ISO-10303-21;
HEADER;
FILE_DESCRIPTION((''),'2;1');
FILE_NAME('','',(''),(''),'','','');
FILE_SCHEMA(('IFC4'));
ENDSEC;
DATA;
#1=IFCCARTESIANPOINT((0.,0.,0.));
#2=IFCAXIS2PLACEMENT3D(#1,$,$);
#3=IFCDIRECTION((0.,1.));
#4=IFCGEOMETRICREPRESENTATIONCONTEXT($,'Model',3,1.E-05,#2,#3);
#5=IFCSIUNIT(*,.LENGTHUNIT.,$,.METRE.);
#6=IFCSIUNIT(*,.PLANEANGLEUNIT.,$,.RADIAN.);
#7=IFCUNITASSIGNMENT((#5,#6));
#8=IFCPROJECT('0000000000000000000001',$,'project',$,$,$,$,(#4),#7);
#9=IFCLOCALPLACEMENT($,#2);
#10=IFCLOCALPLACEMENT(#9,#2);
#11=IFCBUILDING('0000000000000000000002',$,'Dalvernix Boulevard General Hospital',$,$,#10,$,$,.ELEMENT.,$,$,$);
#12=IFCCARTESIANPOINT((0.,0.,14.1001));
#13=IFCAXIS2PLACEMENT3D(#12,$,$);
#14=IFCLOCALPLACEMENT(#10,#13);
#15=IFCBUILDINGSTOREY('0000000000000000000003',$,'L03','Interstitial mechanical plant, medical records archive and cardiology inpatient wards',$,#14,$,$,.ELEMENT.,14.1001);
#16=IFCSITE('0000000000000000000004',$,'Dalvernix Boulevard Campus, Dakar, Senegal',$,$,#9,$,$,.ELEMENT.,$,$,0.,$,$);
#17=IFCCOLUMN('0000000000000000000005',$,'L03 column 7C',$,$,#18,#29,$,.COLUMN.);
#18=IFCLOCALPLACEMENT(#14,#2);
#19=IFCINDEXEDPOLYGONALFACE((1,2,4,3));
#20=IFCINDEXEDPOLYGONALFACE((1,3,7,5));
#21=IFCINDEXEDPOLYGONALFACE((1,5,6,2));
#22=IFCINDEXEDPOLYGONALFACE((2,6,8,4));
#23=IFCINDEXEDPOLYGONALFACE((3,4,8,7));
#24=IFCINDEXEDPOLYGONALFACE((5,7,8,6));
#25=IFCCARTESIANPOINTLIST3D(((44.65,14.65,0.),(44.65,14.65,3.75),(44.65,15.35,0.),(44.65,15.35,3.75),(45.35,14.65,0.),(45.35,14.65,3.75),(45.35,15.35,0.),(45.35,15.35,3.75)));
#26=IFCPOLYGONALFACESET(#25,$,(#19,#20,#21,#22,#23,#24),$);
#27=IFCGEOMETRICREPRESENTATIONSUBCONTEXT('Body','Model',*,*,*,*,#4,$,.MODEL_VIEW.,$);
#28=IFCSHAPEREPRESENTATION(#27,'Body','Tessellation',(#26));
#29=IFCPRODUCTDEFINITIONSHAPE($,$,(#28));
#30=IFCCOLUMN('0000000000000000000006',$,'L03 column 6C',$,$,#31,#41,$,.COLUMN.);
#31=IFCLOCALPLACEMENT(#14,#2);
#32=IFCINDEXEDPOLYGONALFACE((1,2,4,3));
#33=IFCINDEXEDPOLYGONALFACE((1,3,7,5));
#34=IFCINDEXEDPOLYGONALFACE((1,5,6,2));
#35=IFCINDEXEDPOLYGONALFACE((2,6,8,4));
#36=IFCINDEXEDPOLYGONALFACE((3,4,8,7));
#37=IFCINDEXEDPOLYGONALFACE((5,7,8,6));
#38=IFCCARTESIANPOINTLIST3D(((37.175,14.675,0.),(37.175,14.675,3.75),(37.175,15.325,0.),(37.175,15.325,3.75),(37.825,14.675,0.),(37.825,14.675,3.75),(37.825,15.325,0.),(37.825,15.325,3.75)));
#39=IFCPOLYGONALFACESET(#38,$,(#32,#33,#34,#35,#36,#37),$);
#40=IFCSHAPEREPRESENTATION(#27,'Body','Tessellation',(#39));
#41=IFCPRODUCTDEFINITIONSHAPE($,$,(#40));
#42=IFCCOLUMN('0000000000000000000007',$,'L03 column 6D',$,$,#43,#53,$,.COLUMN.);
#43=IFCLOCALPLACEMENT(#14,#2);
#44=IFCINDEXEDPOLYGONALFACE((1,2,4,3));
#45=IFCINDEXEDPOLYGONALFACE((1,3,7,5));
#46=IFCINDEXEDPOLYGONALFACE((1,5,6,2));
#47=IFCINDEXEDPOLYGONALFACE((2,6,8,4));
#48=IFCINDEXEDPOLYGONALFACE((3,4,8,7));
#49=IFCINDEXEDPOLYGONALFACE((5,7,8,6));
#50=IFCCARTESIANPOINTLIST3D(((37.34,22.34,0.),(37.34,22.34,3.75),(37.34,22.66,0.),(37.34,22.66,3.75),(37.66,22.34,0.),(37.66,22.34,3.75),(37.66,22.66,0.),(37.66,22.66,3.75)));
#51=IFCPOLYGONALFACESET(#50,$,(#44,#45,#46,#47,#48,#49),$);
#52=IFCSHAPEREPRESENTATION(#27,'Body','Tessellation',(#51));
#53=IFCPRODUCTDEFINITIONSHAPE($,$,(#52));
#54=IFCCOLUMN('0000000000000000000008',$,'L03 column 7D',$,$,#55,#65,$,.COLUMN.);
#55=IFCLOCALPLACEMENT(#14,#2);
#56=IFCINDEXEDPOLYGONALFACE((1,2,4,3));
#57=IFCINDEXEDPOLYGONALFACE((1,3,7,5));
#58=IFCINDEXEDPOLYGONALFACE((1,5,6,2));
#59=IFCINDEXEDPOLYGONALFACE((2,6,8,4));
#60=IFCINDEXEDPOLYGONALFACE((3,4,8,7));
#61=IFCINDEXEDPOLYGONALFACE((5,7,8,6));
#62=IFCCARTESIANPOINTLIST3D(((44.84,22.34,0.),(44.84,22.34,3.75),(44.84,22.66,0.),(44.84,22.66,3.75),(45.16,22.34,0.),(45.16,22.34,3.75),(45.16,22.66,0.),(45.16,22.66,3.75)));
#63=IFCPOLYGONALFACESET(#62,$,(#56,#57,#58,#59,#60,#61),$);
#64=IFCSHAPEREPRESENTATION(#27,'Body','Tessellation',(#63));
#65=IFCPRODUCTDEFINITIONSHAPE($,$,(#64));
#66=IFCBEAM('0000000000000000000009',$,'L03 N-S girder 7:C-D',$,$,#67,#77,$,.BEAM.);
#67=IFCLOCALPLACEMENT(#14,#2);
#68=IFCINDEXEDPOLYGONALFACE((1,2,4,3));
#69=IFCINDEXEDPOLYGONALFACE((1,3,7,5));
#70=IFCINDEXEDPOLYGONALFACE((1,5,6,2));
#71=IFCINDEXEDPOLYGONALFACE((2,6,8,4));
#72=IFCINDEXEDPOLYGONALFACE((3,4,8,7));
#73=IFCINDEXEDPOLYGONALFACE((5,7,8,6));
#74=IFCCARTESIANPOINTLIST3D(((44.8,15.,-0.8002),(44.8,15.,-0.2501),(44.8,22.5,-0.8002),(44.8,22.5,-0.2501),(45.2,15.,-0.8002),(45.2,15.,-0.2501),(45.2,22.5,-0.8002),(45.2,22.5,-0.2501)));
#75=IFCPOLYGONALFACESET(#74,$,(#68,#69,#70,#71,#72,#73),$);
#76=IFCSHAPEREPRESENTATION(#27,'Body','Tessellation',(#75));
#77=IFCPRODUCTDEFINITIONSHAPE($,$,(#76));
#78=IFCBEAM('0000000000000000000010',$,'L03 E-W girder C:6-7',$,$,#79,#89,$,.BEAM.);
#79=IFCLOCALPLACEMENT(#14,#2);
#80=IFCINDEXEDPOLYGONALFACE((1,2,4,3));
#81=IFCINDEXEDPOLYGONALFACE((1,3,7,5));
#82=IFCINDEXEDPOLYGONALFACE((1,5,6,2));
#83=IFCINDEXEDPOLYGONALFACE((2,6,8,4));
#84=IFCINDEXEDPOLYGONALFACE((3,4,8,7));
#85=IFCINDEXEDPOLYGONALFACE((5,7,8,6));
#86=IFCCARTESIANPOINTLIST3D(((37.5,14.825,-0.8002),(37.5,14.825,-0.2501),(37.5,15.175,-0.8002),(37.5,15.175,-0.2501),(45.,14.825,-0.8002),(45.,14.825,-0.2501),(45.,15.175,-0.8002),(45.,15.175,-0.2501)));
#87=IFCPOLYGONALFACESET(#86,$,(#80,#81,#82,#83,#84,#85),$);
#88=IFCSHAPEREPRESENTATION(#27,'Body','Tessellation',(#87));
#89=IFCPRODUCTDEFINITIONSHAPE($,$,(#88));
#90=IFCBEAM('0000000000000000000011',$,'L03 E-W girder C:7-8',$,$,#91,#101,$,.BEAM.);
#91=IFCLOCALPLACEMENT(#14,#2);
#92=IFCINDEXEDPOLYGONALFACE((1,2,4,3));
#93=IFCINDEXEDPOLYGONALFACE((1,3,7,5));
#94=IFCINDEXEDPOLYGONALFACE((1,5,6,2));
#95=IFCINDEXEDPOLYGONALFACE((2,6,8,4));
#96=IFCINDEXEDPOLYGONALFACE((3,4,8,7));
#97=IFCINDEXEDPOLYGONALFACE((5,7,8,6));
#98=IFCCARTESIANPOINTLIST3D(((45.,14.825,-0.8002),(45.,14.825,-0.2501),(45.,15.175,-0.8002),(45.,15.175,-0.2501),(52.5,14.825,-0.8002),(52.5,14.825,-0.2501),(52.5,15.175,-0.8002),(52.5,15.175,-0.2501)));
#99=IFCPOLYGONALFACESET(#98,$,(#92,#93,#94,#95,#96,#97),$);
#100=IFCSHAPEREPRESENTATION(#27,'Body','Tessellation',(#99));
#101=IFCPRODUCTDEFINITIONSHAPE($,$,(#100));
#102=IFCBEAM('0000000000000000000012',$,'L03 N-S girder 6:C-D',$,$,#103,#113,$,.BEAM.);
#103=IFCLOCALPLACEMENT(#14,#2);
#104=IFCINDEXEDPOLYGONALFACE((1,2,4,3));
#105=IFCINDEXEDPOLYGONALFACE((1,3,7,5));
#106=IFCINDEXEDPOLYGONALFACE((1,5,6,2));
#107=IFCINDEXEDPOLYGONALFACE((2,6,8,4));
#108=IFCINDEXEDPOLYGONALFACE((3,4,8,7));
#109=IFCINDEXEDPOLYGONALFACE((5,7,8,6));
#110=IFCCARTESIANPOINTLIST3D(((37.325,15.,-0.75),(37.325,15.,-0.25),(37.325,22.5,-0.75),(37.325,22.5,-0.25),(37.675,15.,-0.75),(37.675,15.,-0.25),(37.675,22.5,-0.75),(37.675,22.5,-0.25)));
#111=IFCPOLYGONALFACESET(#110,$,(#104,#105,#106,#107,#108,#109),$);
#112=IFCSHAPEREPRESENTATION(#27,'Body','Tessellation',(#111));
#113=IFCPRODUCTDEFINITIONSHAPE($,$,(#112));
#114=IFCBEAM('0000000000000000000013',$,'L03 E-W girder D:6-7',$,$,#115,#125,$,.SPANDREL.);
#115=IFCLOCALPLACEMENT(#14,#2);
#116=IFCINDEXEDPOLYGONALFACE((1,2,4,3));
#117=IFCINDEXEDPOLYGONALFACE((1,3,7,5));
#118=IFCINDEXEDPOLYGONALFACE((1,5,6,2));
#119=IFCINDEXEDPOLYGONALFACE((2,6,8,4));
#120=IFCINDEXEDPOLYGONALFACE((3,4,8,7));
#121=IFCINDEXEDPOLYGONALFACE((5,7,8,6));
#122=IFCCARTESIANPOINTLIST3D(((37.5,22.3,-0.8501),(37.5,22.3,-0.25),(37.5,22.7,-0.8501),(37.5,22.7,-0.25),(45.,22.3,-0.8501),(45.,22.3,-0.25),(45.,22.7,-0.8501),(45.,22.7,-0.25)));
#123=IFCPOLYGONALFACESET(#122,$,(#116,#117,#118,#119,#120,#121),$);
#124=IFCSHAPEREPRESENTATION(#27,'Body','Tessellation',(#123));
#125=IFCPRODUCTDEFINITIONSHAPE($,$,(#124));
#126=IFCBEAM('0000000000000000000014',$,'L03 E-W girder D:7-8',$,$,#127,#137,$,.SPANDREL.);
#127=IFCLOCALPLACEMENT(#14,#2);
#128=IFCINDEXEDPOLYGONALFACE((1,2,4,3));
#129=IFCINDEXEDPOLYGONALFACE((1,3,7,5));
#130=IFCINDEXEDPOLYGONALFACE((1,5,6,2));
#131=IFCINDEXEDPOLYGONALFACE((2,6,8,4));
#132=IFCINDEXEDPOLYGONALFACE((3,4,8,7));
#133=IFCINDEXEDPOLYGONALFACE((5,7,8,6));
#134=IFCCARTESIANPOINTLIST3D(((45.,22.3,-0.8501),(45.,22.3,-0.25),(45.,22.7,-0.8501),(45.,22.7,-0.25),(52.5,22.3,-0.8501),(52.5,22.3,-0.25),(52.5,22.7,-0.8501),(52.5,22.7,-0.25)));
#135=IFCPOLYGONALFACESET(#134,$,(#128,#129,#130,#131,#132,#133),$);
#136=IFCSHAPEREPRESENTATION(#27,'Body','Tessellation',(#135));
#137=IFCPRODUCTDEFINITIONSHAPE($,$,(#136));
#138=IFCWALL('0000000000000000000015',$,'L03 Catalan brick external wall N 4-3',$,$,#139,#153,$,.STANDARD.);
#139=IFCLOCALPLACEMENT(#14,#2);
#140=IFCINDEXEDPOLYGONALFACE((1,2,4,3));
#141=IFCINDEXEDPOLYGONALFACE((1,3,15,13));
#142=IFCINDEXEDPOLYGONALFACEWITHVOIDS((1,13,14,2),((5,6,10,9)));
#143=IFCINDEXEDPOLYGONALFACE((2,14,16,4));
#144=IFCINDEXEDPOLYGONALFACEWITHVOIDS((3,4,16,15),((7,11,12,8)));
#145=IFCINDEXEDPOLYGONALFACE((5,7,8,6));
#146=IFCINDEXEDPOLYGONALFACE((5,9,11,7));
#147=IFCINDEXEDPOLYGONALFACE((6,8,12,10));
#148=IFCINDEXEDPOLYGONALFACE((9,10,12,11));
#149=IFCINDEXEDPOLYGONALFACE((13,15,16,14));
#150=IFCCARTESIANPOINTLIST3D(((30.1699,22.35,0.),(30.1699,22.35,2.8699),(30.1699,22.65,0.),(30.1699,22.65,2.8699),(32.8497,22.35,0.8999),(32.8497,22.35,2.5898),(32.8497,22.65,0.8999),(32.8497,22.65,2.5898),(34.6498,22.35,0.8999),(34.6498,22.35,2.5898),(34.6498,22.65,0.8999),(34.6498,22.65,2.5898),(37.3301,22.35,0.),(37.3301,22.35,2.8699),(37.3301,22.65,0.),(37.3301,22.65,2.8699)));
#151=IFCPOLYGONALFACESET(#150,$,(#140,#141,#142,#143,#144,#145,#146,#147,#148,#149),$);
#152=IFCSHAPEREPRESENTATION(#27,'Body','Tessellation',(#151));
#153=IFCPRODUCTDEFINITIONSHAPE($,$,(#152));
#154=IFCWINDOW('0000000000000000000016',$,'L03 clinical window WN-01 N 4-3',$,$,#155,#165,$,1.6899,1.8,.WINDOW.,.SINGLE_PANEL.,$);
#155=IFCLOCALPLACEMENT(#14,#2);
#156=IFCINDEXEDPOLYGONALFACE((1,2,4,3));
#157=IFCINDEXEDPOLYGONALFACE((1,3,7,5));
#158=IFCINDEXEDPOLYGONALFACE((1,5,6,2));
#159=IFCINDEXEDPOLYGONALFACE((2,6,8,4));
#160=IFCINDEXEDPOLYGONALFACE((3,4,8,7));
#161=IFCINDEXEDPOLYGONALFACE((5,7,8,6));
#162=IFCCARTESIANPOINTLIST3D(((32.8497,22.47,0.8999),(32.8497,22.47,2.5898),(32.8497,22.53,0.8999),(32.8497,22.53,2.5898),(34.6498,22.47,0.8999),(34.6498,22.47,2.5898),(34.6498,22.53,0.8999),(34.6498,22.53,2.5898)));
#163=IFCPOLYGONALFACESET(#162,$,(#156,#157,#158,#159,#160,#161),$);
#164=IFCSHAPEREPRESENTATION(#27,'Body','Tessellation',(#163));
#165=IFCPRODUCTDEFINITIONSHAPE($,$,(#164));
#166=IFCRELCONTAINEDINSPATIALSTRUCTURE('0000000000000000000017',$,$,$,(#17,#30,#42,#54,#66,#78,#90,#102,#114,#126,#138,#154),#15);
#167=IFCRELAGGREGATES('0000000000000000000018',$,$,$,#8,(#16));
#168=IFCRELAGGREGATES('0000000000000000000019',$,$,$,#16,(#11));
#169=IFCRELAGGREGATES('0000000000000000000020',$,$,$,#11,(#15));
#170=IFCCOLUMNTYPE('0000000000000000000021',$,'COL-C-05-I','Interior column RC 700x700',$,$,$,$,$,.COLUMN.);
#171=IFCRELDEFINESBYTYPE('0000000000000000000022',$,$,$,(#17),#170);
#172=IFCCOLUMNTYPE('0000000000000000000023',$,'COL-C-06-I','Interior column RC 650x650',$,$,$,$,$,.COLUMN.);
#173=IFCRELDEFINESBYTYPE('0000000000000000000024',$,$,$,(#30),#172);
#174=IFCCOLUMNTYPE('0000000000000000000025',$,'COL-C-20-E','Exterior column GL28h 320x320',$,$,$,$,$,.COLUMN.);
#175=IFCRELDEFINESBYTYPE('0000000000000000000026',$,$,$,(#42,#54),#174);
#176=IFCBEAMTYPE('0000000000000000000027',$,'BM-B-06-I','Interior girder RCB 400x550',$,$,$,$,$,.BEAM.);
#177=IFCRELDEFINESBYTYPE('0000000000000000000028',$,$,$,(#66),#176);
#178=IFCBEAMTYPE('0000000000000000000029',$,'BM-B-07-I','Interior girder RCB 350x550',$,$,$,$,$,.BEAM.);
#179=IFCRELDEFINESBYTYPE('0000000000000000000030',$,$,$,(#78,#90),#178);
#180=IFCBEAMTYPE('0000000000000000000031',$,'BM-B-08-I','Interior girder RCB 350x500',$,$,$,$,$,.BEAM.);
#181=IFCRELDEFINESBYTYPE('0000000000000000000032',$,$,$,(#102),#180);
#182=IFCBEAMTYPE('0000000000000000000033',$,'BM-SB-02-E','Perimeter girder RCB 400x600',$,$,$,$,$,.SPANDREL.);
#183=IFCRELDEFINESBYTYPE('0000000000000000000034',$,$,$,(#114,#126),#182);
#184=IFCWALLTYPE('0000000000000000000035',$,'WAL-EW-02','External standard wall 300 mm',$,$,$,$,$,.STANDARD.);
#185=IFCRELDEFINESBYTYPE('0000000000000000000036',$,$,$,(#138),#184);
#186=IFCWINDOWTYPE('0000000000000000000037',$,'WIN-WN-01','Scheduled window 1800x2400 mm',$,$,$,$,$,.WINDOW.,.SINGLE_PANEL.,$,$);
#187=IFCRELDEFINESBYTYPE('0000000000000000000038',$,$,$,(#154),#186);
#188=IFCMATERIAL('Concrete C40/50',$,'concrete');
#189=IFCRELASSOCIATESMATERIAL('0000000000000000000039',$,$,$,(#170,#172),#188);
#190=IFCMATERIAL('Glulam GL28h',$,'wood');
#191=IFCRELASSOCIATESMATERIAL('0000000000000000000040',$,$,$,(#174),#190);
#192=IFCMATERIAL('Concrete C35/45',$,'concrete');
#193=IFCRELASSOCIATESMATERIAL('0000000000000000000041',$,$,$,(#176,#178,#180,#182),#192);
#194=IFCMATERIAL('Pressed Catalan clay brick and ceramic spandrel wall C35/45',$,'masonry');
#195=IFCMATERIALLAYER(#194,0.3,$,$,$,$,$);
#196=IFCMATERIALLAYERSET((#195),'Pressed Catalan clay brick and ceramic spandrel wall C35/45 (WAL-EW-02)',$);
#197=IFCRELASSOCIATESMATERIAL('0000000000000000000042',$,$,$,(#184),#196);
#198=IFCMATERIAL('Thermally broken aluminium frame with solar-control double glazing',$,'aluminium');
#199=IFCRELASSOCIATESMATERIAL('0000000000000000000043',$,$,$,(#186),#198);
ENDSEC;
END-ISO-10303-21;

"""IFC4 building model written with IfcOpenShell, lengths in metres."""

from ifc_helpers import new_model, si_unit, direction, frame, frame_2d, origin, origin_2d, place, context, subcontext, project, spatial, rectangle, extrude, material, layer, layer_set, material_profile, profile_set, type_object, element, fill, save


model = new_model("IFC4")

# Units and contexts
model_context = context("Model", 3, precision=1e-05, world=origin(), true_north=direction((0.0, 1.0)))
body_context = subcontext(model_context, "Body", "Model", "MODEL_VIEW")
ifc_project = project(units=[si_unit("LENGTHUNIT", "METRE"), si_unit("PLANEANGLEUNIT", "RADIAN")], contexts=[model_context])

# Site, building, storey
site_placement = place(None, origin())
site = spatial("IfcSite", under=ifc_project, at=site_placement, Name="Dalvernix Boulevard Campus, Dakar, Senegal", CompositionType="ELEMENT", RefElevation=0.0)
building_placement = place(site_placement, origin())
building = spatial("IfcBuilding", under=site, at=building_placement, Name="Dalvernix Boulevard General Hospital", CompositionType="ELEMENT")
storey_placement = place(building_placement, frame((0.0, 0.0, 14.1001)))
storey = spatial("IfcBuildingStorey", under=building, at=storey_placement, Name="L03", Description="Interstitial mechanical plant, medical records archive and cardiology inpatient wards", CompositionType="ELEMENT", Elevation=14.1001)

# Columns
ifc_material_1 = material(Name="Concrete C40/50", Category="concrete")
ifc_material_profile_1 = material_profile(ifc_material_1, rectangle(XDim=0.7, YDim=0.7, at=origin_2d()), Name="RC 700x700")
ifc_profile_set_1 = profile_set([ifc_material_profile_1], Name="Concrete C40/50")
column_type_1 = type_object("IfcColumnType", Name="COL-C-05-I", Description="Interior column RC 700x700", PredefinedType="COLUMN", material=ifc_profile_set_1)
column_1_placement = place(storey_placement, frame((45.0, 15.0, 0.0), z_axis=(0.0, 0.0, 1.0), x_axis=(1.0, 0.0, 0.0)))
element("IfcColumn", 1, at=column_1_placement, inside=storey, type_object=column_type_1, Name="L03 column 7C", PredefinedType="COLUMN", context=body_context, shape_type="SweptSolid", body=[
    extrude(rectangle(XDim=0.7, YDim=0.7, at=origin_2d()), origin(), (0.0, 0.0, 1.0), 3.75),
])
ifc_material_profile_2 = material_profile(ifc_material_1, rectangle(XDim=0.6499, YDim=0.6499, at=origin_2d()), Name="RC 650x650")
ifc_profile_set_2 = profile_set([ifc_material_profile_2], Name="Concrete C40/50")
column_type_2 = type_object("IfcColumnType", Name="COL-C-06-I", Description="Interior column RC 650x650", PredefinedType="COLUMN", material=ifc_profile_set_2)
column_2_placement = place(storey_placement, frame((37.5, 15.0, 0.0), z_axis=(0.0, 0.0, 1.0), x_axis=(1.0, 0.0, 0.0)))
element("IfcColumn", 2, at=column_2_placement, inside=storey, type_object=column_type_2, Name="L03 column 6C", PredefinedType="COLUMN", context=body_context, shape_type="SweptSolid", body=[
    extrude(rectangle(XDim=0.6499, YDim=0.6499, at=origin_2d()), origin(), (0.0, 0.0, 1.0), 3.75),
])
ifc_material_2 = material(Name="Glulam GL28h", Category="wood")
ifc_material_profile_3 = material_profile(ifc_material_2, rectangle(XDim=0.3201, YDim=0.3201, at=origin_2d()), Name="GL28h 320x320")
ifc_profile_set_3 = profile_set([ifc_material_profile_3], Name="Glulam GL28h")
column_type_3 = type_object("IfcColumnType", Name="COL-C-20-E", Description="Exterior column GL28h 320x320", PredefinedType="COLUMN", material=ifc_profile_set_3)
for number, where, z_axis, x_axis, name in (
    (3, (37.5, 22.5, 0.0), (0.0, 0.0, 1.0), (1.0, 0.0, 0.0), "L03 column 6D"),
    (4, (45.0, 22.5, 0.0), (0.0, 0.0, 1.0), (1.0, 0.0, 0.0), "L03 column 7D"),
):
    element("IfcColumn", number, at=place(storey_placement, frame(where, z_axis=z_axis, x_axis=x_axis)), inside=storey, type_object=column_type_3, Name=name, PredefinedType="COLUMN", context=body_context, shape_type="SweptSolid", body=[
        extrude(rectangle(XDim=0.3201, YDim=0.3201, at=origin_2d()), origin(), (0.0, 0.0, 1.0), 3.75),
    ])

# Beams
ifc_material_3 = material(Name="Concrete C35/45", Category="concrete")
ifc_material_profile_4 = material_profile(ifc_material_3, rectangle(XDim=0.3999, YDim=0.55, at=origin_2d()), Name="RCB 400x550")
ifc_profile_set_4 = profile_set([ifc_material_profile_4], Name="Concrete C35/45")
beam_type_1 = type_object("IfcBeamType", Name="BM-B-06-I", Description="Interior girder RCB 400x550", PredefinedType="BEAM", material=ifc_profile_set_4)
beam_1_placement = place(storey_placement, frame((45.0, 15.0, -0.5251), z_axis=(0.0, 1.0, 0.0), x_axis=(-1.0, 0.0, 0.0)))
element("IfcBeam", 5, at=beam_1_placement, inside=storey, type_object=beam_type_1, Name="L03 N-S girder 7:C-D", PredefinedType="BEAM", context=body_context, shape_type="SweptSolid", body=[
    extrude(rectangle(XDim=0.3999, YDim=0.55, at=origin_2d()), origin(), (0.0, 0.0, 1.0), 7.5),
])
ifc_material_profile_5 = material_profile(ifc_material_3, rectangle(XDim=0.3501, YDim=0.55, at=origin_2d()), Name="RCB 350x550")
ifc_profile_set_5 = profile_set([ifc_material_profile_5], Name="Concrete C35/45")
beam_type_2 = type_object("IfcBeamType", Name="BM-B-07-I", Description="Interior girder RCB 350x550", PredefinedType="BEAM", material=ifc_profile_set_5)
for number, where, z_axis, x_axis, name in (
    (6, (37.5, 15.0, -0.5251), (1.0, 0.0, 0.0), (0.0, 1.0, 0.0), "L03 E-W girder C:6-7"),
    (7, (45.0, 15.0, -0.5251), (1.0, 0.0, 0.0), (0.0, 1.0, 0.0), "L03 E-W girder C:7-8"),
):
    element("IfcBeam", number, at=place(storey_placement, frame(where, z_axis=z_axis, x_axis=x_axis)), inside=storey, type_object=beam_type_2, Name=name, PredefinedType="BEAM", context=body_context, shape_type="SweptSolid", body=[
        extrude(rectangle(XDim=0.3501, YDim=0.55, at=origin_2d()), origin(), (0.0, 0.0, 1.0), 7.5),
    ])
ifc_material_profile_6 = material_profile(ifc_material_3, rectangle(XDim=0.3501, YDim=0.5, at=origin_2d()), Name="RCB 350x500")
ifc_profile_set_6 = profile_set([ifc_material_profile_6], Name="Concrete C35/45")
beam_type_3 = type_object("IfcBeamType", Name="BM-B-08-I", Description="Interior girder RCB 350x500", PredefinedType="BEAM", material=ifc_profile_set_6)
beam_2_placement = place(storey_placement, frame((37.5, 15.0, -0.5), z_axis=(0.0, 1.0, 0.0), x_axis=(-1.0, 0.0, 0.0)))
element("IfcBeam", 8, at=beam_2_placement, inside=storey, type_object=beam_type_3, Name="L03 N-S girder 6:C-D", PredefinedType="BEAM", context=body_context, shape_type="SweptSolid", body=[
    extrude(rectangle(XDim=0.3501, YDim=0.5, at=origin_2d()), origin(), (0.0, 0.0, 1.0), 7.5),
])
ifc_material_profile_7 = material_profile(ifc_material_3, rectangle(XDim=0.3999, YDim=0.6001, at=origin_2d()), Name="RCB 400x600")
ifc_profile_set_7 = profile_set([ifc_material_profile_7], Name="Concrete C35/45")
beam_type_4 = type_object("IfcBeamType", Name="BM-SB-02-E", Description="Perimeter girder RCB 400x600", PredefinedType="SPANDREL", material=ifc_profile_set_7)
for number, where, z_axis, x_axis, name in (
    (9, (37.5, 22.5, -0.55), (1.0, 0.0, 0.0), (0.0, 1.0, 0.0), "L03 E-W girder D:6-7"),
    (10, (45.0, 22.5, -0.55), (1.0, 0.0, 0.0), (0.0, 1.0, 0.0), "L03 E-W girder D:7-8"),
):
    element("IfcBeam", number, at=place(storey_placement, frame(where, z_axis=z_axis, x_axis=x_axis)), inside=storey, type_object=beam_type_4, Name=name, PredefinedType="SPANDREL", context=body_context, shape_type="SweptSolid", body=[
        extrude(rectangle(XDim=0.3999, YDim=0.6001, at=origin_2d()), origin(), (0.0, 0.0, 1.0), 7.5),
    ])

# Wall, opening, window
ifc_material_4 = material(Name="Pressed Catalan clay brick and ceramic spandrel wall C35/45", Category="masonry")
ifc_layer_1 = layer(ifc_material_4, 0.3)
ifc_layer_set_1 = layer_set([ifc_layer_1], Name="Pressed Catalan clay brick and ceramic spandrel wall C35/45 (WAL-EW-02)")
wall_type_1 = type_object("IfcWallType", Name="WAL-EW-02", Description="External standard wall 300 mm", PredefinedType="STANDARD", material=ifc_layer_set_1)
wall_1_placement = place(storey_placement, frame((30.1699, 22.5, 0.0), z_axis=(0.0, 0.0, 1.0), x_axis=(1.0, 0.0, 0.0)))
wall_1 = element("IfcWall", 11, at=wall_1_placement, inside=storey, type_object=wall_type_1, Name="L03 Catalan brick external wall N 4-3", PredefinedType="STANDARD", context=body_context, shape_type="SweptSolid", body=[
    extrude(rectangle(XDim=7.1602, YDim=0.3, at=frame_2d((3.5801, 0.0))), origin(), (0.0, 0.0, 1.0), 2.8699),
])
opening_1_placement = place(wall_1_placement, frame((2.6799, 0.0, 0.8999)))
opening_1 = element("IfcOpeningElement", 12, at=opening_1_placement, cuts=wall_1, PredefinedType="OPENING", context=body_context, shape_type="SweptSolid", body=[
    extrude(rectangle(XDim=1.8, YDim=1.6899, at=frame_2d((0.8999, 0.845))), frame((0.0, 0.1599, 0.0), z_axis=(0.0, -1.0, 0.0), x_axis=(1.0, 0.0, 0.0)), (0.0, 0.0, 1.0), 0.3201),
])
ifc_material_5 = material(Name="Thermally broken aluminium frame with solar-control double glazing", Category="aluminium")
window_type_1 = type_object("IfcWindowType", Name="WIN-WN-01", Description="Scheduled window 1800x2400 mm", PartitioningType="SINGLE_PANEL", PredefinedType="WINDOW", material=ifc_material_5)
window_1_placement = place(opening_1_placement, origin())
window_1 = element("IfcWindow", 13, at=window_1_placement, inside=storey, type_object=window_type_1, Name="L03 clinical window WN-01 N 4-3", OverallHeight=1.6899, OverallWidth=1.8, PartitioningType="SINGLE_PANEL", PredefinedType="WINDOW", context=body_context, shape_type="SweptSolid", body=[
    extrude(rectangle(XDim=1.8, YDim=1.6899, at=frame_2d((0.8999, 0.845))), frame((0.0, 0.03, 0.0), z_axis=(0.0, -1.0, 0.0), x_axis=(1.0, 0.0, 0.0)), (0.0, 0.0, 1.0), 0.0601),
])
fill(opening_1, window_1)

save(model, "model.ifc")
